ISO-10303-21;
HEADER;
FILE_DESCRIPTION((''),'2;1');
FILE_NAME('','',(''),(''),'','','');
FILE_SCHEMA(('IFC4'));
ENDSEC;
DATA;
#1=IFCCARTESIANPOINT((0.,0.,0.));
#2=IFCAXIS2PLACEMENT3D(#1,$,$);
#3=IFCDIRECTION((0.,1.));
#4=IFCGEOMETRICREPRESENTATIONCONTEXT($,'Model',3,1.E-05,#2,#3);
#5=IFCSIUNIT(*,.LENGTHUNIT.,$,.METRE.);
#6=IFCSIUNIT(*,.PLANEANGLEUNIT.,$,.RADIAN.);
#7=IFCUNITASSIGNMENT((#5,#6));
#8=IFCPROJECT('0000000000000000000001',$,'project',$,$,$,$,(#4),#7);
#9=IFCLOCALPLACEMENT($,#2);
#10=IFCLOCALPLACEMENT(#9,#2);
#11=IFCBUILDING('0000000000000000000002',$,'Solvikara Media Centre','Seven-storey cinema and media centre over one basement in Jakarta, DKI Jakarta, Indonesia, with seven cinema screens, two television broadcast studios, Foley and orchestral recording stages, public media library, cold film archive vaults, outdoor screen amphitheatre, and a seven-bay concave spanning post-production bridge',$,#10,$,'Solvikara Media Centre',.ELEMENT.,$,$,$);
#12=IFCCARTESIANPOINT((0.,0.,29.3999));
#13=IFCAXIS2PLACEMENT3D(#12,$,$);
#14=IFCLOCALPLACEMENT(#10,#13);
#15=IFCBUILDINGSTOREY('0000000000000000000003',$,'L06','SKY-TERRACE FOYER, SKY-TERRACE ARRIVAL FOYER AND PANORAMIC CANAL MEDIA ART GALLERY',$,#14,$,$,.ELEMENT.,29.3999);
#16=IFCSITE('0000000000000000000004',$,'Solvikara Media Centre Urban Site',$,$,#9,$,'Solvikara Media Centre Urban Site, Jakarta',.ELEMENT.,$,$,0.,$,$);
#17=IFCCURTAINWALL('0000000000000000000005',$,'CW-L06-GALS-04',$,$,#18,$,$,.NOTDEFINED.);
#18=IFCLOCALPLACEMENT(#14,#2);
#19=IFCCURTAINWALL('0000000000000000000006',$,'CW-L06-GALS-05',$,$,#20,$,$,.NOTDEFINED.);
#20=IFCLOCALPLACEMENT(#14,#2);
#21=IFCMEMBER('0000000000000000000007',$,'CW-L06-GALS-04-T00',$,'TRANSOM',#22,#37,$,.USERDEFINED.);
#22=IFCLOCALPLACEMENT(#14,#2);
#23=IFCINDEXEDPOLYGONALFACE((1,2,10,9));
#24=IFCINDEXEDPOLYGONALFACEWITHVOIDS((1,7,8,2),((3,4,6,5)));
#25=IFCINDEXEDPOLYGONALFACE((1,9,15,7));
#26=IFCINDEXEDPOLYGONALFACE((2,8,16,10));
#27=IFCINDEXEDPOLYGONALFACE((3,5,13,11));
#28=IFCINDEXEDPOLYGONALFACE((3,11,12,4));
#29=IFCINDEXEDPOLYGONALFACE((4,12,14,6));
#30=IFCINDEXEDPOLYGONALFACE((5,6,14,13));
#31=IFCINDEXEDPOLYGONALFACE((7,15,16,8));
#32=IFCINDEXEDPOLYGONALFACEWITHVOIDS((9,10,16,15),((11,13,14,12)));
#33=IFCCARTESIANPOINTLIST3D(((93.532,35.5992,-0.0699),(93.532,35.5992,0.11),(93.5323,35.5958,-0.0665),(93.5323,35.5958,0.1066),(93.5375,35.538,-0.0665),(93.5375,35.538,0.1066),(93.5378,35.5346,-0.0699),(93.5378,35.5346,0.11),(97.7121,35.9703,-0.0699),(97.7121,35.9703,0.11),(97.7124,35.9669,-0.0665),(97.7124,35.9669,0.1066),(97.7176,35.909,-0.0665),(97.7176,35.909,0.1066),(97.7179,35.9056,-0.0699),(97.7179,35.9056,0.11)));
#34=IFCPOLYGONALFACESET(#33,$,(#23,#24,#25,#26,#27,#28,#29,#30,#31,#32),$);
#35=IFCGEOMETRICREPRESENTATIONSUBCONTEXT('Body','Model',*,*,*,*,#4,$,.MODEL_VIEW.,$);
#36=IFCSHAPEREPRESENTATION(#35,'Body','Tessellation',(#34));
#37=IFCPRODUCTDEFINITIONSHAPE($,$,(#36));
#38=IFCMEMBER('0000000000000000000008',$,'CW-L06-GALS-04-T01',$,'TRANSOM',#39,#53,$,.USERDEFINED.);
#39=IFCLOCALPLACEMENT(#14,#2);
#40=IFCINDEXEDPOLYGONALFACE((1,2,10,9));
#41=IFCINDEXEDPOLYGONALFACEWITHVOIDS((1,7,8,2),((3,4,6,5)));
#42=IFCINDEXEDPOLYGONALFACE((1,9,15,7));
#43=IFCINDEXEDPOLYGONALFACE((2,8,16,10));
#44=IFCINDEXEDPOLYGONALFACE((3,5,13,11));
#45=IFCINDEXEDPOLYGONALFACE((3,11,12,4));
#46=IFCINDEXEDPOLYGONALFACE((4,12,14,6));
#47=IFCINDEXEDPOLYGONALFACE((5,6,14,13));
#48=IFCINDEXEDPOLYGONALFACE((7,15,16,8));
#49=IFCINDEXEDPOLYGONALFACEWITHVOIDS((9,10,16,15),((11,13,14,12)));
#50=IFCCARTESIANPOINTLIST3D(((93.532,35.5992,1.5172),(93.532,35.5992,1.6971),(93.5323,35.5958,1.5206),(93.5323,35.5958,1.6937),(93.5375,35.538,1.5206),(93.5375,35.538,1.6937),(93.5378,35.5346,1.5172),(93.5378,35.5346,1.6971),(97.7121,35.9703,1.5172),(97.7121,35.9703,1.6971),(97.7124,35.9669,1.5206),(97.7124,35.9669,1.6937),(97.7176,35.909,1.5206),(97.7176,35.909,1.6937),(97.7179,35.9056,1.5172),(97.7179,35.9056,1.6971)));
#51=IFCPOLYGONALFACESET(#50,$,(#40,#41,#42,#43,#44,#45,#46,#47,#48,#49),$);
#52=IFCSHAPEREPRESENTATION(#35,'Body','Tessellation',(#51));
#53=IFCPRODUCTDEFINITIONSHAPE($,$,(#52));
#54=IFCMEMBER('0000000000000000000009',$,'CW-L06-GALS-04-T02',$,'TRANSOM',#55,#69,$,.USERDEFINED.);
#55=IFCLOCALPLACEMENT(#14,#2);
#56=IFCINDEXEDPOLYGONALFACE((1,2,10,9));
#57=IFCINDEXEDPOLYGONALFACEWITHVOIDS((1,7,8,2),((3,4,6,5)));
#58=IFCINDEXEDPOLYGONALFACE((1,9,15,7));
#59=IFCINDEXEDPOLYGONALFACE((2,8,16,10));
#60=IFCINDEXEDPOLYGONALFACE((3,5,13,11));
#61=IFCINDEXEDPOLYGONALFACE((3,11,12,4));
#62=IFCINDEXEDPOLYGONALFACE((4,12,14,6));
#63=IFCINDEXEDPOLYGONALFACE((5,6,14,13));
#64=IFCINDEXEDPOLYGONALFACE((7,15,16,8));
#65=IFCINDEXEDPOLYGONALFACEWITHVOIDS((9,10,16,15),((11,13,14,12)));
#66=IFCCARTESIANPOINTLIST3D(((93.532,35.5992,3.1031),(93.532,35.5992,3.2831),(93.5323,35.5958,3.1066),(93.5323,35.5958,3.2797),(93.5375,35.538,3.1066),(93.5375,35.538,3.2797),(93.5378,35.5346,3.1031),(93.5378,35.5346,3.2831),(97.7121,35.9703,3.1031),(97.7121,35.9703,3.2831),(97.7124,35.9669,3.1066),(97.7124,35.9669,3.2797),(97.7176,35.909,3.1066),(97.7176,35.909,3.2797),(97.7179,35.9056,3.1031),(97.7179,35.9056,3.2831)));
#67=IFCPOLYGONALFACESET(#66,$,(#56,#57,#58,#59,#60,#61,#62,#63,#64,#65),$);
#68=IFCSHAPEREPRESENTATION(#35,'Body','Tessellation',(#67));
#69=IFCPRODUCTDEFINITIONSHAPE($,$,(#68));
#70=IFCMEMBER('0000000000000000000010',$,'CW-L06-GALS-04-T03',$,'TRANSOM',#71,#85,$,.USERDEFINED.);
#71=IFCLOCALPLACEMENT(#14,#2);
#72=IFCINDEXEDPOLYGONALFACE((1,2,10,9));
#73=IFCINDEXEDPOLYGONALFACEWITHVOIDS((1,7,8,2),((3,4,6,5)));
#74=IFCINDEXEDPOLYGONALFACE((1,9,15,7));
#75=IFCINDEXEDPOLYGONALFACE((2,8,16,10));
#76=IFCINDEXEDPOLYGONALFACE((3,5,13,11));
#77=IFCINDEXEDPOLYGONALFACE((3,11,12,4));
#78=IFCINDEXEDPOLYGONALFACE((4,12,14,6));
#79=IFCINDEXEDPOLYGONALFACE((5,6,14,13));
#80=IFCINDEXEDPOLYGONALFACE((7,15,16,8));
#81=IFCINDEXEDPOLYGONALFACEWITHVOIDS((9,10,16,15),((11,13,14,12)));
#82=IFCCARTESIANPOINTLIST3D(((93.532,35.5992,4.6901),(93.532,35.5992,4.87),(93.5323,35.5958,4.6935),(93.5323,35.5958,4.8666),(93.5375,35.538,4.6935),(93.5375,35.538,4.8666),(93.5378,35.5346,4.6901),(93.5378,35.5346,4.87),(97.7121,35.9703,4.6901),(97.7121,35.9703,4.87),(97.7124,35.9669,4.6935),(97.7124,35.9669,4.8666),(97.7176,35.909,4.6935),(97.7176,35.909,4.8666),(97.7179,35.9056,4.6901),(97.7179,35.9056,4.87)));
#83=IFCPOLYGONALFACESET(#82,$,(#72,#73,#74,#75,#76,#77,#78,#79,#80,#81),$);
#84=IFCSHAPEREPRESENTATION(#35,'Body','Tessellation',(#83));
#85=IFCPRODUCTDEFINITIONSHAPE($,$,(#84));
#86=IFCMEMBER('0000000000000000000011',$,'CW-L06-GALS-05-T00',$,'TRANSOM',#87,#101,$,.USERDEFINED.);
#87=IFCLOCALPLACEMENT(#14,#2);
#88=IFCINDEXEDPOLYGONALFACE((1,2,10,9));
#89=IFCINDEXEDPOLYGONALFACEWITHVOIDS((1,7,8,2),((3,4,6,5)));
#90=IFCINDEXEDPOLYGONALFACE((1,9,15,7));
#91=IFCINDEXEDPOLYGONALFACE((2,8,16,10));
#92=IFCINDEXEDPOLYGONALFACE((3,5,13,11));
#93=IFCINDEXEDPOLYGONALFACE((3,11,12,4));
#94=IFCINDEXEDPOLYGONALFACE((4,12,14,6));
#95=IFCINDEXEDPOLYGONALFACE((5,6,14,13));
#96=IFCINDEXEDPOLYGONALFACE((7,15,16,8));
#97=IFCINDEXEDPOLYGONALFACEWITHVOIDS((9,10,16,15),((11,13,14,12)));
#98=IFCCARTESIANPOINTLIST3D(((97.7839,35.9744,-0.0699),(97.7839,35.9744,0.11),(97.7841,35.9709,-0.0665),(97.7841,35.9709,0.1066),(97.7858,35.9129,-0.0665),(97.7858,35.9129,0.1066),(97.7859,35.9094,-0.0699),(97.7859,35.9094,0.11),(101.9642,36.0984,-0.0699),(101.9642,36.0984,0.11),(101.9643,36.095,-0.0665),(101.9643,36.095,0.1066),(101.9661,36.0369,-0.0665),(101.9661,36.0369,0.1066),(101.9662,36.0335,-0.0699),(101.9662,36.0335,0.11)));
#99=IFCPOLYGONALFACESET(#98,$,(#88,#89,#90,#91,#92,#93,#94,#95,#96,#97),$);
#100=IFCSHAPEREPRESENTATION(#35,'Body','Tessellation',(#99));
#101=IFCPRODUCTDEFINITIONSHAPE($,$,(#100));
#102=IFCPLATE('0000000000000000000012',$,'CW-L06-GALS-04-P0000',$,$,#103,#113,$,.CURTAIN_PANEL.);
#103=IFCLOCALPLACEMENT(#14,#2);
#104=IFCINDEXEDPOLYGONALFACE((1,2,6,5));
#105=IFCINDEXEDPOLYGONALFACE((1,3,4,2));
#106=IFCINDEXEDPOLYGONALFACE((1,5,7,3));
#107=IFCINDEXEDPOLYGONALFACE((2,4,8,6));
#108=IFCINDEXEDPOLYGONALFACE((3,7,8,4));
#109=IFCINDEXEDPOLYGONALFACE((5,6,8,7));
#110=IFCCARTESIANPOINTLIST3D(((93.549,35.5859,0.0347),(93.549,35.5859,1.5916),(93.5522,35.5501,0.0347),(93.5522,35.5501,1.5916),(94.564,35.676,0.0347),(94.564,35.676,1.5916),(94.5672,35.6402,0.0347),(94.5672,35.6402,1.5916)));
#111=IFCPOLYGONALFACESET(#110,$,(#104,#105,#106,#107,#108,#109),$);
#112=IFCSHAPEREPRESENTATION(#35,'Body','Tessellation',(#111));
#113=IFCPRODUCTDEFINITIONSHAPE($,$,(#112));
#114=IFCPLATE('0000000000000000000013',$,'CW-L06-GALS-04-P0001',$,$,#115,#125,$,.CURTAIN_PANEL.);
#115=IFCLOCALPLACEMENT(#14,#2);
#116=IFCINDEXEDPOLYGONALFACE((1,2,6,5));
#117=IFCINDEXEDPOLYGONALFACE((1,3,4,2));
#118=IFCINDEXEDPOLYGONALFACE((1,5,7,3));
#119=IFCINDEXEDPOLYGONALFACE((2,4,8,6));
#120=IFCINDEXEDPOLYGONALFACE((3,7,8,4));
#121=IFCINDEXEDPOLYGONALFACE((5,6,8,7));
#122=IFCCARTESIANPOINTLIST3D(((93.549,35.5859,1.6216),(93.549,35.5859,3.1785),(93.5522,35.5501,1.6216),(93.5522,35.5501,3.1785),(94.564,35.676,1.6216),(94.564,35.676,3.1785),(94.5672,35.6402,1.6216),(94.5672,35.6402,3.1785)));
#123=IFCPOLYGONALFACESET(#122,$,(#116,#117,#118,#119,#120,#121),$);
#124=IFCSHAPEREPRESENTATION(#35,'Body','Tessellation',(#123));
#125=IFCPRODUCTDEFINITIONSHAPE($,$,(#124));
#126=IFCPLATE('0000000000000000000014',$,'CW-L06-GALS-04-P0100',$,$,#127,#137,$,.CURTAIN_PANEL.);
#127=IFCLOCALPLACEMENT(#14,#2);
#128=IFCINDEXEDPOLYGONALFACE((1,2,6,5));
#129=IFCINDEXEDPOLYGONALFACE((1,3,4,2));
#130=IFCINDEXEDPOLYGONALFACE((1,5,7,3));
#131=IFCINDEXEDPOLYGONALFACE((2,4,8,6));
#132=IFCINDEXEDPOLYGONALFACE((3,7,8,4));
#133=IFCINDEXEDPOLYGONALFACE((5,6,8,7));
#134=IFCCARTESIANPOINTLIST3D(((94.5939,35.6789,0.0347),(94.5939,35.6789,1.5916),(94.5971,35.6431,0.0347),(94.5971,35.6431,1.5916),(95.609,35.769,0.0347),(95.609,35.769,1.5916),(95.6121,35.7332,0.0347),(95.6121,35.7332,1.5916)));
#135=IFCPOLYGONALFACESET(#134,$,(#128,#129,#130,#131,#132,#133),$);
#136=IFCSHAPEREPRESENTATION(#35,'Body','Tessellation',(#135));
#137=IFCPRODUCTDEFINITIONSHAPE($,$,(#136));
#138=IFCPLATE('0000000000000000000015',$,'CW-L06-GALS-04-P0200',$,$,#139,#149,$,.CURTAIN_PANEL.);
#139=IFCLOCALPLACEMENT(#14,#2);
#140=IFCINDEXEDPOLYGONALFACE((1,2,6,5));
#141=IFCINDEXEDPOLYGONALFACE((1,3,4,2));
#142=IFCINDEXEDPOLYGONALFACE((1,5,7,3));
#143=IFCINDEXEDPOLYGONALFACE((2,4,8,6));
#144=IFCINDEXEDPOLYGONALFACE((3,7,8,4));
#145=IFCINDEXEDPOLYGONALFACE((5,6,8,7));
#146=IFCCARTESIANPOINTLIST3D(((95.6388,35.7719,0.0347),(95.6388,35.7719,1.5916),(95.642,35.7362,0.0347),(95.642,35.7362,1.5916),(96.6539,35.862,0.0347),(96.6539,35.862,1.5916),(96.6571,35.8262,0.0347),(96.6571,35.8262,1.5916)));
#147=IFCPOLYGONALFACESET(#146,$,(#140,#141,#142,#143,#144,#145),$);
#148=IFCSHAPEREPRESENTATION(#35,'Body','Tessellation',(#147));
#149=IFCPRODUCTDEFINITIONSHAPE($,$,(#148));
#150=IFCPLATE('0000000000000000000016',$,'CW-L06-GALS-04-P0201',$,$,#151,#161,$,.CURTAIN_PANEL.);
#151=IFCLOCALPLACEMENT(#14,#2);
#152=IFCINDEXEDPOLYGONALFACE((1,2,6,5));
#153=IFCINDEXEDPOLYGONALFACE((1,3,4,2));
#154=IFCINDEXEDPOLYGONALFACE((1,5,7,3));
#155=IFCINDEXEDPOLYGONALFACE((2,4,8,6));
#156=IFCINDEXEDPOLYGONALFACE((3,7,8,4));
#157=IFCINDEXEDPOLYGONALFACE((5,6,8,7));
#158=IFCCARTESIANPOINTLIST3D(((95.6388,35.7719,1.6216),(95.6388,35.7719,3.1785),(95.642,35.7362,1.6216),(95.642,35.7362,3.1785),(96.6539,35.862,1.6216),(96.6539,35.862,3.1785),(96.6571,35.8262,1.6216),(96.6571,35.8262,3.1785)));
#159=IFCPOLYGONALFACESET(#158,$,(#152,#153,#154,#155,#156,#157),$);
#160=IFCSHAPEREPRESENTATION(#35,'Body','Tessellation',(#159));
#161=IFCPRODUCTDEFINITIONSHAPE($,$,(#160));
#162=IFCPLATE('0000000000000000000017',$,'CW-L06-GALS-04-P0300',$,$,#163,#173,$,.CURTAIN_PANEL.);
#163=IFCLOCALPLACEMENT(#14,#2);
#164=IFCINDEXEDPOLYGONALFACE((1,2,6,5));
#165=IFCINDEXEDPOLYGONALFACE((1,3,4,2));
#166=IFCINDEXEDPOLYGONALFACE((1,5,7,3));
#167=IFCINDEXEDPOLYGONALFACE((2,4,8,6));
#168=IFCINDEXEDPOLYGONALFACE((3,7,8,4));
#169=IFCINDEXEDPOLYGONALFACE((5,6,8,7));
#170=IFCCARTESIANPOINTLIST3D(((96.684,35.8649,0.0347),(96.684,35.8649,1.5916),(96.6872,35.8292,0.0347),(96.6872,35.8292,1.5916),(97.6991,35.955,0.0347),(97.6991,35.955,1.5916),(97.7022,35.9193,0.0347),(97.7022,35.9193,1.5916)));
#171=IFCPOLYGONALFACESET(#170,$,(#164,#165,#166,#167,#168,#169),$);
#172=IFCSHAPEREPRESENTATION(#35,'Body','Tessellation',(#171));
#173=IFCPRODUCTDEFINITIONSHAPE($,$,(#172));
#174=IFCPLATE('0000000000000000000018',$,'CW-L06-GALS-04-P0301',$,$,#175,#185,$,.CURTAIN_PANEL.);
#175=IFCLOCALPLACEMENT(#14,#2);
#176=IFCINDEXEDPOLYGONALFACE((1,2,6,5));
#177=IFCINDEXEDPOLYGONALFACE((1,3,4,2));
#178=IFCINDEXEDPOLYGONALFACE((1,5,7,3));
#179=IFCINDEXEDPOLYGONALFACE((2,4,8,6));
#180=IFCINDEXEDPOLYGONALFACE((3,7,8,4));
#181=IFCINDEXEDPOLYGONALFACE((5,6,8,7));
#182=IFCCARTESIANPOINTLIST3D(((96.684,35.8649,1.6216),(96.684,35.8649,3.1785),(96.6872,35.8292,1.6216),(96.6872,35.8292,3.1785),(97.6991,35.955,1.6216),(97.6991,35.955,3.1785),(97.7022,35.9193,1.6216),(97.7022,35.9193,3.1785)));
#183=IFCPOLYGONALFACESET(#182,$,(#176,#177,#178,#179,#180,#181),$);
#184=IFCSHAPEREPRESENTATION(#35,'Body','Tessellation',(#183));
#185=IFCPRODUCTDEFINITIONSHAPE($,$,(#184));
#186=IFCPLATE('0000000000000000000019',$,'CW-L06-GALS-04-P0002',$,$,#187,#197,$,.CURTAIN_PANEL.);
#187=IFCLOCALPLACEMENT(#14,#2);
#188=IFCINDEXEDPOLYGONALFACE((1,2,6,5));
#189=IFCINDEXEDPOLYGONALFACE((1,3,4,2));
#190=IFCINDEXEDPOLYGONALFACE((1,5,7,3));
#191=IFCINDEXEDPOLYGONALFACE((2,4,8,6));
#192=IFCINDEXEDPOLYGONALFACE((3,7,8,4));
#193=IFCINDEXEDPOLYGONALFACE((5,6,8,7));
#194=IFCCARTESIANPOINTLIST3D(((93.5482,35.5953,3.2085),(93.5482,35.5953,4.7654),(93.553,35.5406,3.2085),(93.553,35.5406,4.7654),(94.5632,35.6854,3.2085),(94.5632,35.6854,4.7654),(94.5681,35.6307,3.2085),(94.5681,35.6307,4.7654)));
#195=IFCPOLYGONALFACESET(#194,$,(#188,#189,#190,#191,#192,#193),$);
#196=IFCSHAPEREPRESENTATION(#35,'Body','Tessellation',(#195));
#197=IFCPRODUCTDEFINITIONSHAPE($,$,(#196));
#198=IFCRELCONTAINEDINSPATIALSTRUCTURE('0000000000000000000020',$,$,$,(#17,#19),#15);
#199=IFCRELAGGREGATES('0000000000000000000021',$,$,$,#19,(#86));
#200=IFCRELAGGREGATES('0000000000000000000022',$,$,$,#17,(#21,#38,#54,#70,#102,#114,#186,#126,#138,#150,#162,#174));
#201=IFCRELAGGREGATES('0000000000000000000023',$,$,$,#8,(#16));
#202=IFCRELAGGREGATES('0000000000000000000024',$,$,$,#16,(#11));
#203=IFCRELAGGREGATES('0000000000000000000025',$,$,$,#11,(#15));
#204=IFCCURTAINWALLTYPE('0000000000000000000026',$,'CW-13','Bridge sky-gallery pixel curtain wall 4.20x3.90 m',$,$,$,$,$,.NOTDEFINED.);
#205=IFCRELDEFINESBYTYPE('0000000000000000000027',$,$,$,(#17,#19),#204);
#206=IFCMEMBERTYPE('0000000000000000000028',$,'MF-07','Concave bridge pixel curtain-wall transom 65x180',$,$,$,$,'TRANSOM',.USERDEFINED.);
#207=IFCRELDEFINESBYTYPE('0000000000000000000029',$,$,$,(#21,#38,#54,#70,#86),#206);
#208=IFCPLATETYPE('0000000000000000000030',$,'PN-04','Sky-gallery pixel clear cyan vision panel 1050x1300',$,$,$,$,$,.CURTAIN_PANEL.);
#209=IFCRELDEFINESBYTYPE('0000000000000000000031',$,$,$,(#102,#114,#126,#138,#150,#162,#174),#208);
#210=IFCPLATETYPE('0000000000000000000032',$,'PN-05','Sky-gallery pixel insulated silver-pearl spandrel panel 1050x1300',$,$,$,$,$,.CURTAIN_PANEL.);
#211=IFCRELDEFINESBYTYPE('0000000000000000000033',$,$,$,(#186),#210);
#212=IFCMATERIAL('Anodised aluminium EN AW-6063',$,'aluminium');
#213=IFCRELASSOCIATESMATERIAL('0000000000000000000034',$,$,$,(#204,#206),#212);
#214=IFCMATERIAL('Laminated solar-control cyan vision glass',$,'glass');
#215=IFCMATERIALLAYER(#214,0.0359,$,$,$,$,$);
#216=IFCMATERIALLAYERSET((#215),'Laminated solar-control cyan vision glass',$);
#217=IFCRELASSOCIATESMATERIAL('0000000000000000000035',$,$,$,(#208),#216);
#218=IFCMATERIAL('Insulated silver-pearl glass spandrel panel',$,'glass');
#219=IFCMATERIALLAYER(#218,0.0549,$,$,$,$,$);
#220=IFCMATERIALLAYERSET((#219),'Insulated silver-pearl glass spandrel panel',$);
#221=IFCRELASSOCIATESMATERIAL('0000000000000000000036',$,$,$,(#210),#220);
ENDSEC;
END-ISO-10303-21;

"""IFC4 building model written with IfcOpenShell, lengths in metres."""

from ifc_helpers import new_model, si_unit, direction, frame, origin, origin_2d, place, context, subcontext, project, spatial, rectangle, hollow_rectangle, extrude, material, layer, layer_set, material_profile, profile_set, type_object, element, aggregate, save


model = new_model("IFC4")

# Units and contexts
model_context = context("Model", 3, precision=1e-05, world=origin(), true_north=direction((0.0, 1.0)))
body_context = subcontext(model_context, "Body", "Model", "MODEL_VIEW")
ifc_project = project(units=[si_unit("LENGTHUNIT", "METRE"), si_unit("PLANEANGLEUNIT", "RADIAN")], contexts=[model_context])

# Site, building, storey
site_placement = place(None, origin())
site = spatial("IfcSite", under=ifc_project, at=site_placement, Name="Solvikara Media Centre Urban Site", LongName="Solvikara Media Centre Urban Site, Jakarta", CompositionType="ELEMENT", RefElevation=0.0)
building_placement = place(site_placement, origin())
building = spatial("IfcBuilding", under=site, at=building_placement, Name="Solvikara Media Centre", Description="Seven-storey cinema and media centre over one basement in Jakarta, DKI Jakarta, Indonesia, with seven cinema screens, two television broadcast studios, Foley and orchestral recording stages, public media library, cold film archive vaults, outdoor screen amphitheatre, and a seven-bay concave spanning post-production bridge", LongName="Solvikara Media Centre", CompositionType="ELEMENT")
storey_placement = place(building_placement, frame((0.0, 0.0, 29.3999)))
storey = spatial("IfcBuildingStorey", under=building, at=storey_placement, Name="L06", Description="SKY-TERRACE FOYER, SKY-TERRACE ARRIVAL FOYER AND PANORAMIC CANAL MEDIA ART GALLERY", CompositionType="ELEMENT", Elevation=29.3999)

# Curtain wall
ifc_material_1 = material(Name="Anodised aluminium EN AW-6063", Category="aluminium")
curtain_wall_type = type_object("IfcCurtainWallType", Name="CW-13", Description="Bridge sky-gallery pixel curtain wall 4.20x3.90 m", PredefinedType="NOTDEFINED", material=ifc_material_1)
curtain_wall_1_placement = place(storey_placement, origin())
curtain_wall_1 = element("IfcCurtainWall", 1, at=curtain_wall_1_placement, inside=storey, type_object=curtain_wall_type, Name="CW-L06-GALS-04", PredefinedType="NOTDEFINED")

# Curtain wall
curtain_wall_2_placement = place(storey_placement, origin())
curtain_wall_2 = element("IfcCurtainWall", 2, at=curtain_wall_2_placement, inside=storey, type_object=curtain_wall_type, Name="CW-L06-GALS-05", PredefinedType="NOTDEFINED")

# Members
ifc_material_profile_1 = material_profile(ifc_material_1, hollow_rectangle(XDim=0.0649, YDim=0.1799, WallThickness=0.0034, at=origin_2d()), Name="ALU-T 65x180x3.5")
ifc_profile_set_1 = profile_set([ifc_material_profile_1], Name="Anodised aluminium EN AW-6063")
member_type_1 = type_object("IfcMemberType", Name="MF-07", Description="Concave bridge pixel curtain-wall transom 65x180", ElementType="TRANSOM", PredefinedType="USERDEFINED", material=ifc_profile_set_1)
member_1_placement = place(storey_placement, frame((93.5349, 35.5669, 0.02), z_axis=(0.996083, 0.088427, 0.0), x_axis=(-0.088427, 0.996083, 0.0)))
member_1 = element("IfcMember", 3, at=member_1_placement, type_object=member_type_1, Name="CW-L06-GALS-04-T00", ObjectType="TRANSOM", PredefinedType="USERDEFINED", context=body_context, shape_type="SweptSolid", body=[
    extrude(hollow_rectangle(XDim=0.0649, YDim=0.1799, WallThickness=0.0034, at=origin_2d()), origin(), (0.0, 0.0, 1.0), 4.1965),
])
member_2_placement = place(storey_placement, frame((93.5349, 35.5669, 1.6072), z_axis=(0.996083, 0.088427, 0.0), x_axis=(-0.088427, 0.996083, 0.0)))
member_2 = element("IfcMember", 4, at=member_2_placement, type_object=member_type_1, Name="CW-L06-GALS-04-T01", ObjectType="TRANSOM", PredefinedType="USERDEFINED", context=body_context, shape_type="SweptSolid", body=[
    extrude(hollow_rectangle(XDim=0.0649, YDim=0.1799, WallThickness=0.0034, at=origin_2d()), origin(), (0.0, 0.0, 1.0), 4.1965),
])
member_3_placement = place(storey_placement, frame((93.5349, 35.5669, 3.1931), z_axis=(0.996083, 0.088427, 0.0), x_axis=(-0.088427, 0.996083, 0.0)))
member_3 = element("IfcMember", 5, at=member_3_placement, type_object=member_type_1, Name="CW-L06-GALS-04-T02", ObjectType="TRANSOM", PredefinedType="USERDEFINED", context=body_context, shape_type="SweptSolid", body=[
    extrude(hollow_rectangle(XDim=0.0649, YDim=0.1799, WallThickness=0.0034, at=origin_2d()), origin(), (0.0, 0.0, 1.0), 4.1965),
])
member_4_placement = place(storey_placement, frame((93.5349, 35.5669, 4.78), z_axis=(0.996083, 0.088427, 0.0), x_axis=(-0.088427, 0.996083, 0.0)))
member_4 = element("IfcMember", 6, at=member_4_placement, type_object=member_type_1, Name="CW-L06-GALS-04-T03", ObjectType="TRANSOM", PredefinedType="USERDEFINED", context=body_context, shape_type="SweptSolid", body=[
    extrude(hollow_rectangle(XDim=0.0649, YDim=0.1799, WallThickness=0.0034, at=origin_2d()), origin(), (0.0, 0.0, 1.0), 4.1965),
])
member_5_placement = place(storey_placement, frame((97.7849, 35.9419, 0.02), z_axis=(0.99956, 0.029656, 0.0), x_axis=(-0.029656, 0.99956, 0.0)))
member_5 = element("IfcMember", 7, at=member_5_placement, type_object=member_type_1, Name="CW-L06-GALS-05-T00", ObjectType="TRANSOM", PredefinedType="USERDEFINED", context=body_context, shape_type="SweptSolid", body=[
    extrude(hollow_rectangle(XDim=0.0649, YDim=0.1799, WallThickness=0.0034, at=origin_2d()), origin(), (0.0, 0.0, 1.0), 4.1821),
])
aggregate(curtain_wall_2, [member_5])

# Plates
ifc_material_2 = material(Name="Laminated solar-control cyan vision glass", Category="glass")
ifc_layer_1 = layer(ifc_material_2, 0.0359)
ifc_layer_set_1 = layer_set([ifc_layer_1], Name="Laminated solar-control cyan vision glass")
plate_type_1 = type_object("IfcPlateType", Name="PN-04", Description="Sky-gallery pixel clear cyan vision panel 1050x1300", PredefinedType="CURTAIN_PANEL", material=ifc_layer_set_1)
plate_1_placement = place(storey_placement, frame((94.0581, 35.613, 0.0347), z_axis=(0.0, 0.0, 1.0), x_axis=(0.996084, 0.088408, 0.0)))
plate_1 = element("IfcPlate", 8, at=plate_1_placement, type_object=plate_type_1, Name="CW-L06-GALS-04-P0000", PredefinedType="CURTAIN_PANEL", context=body_context, shape_type="SweptSolid", body=[
    extrude(rectangle(XDim=1.019, YDim=0.0359, at=origin_2d()), origin(), (0.0, 0.0, 1.0), 1.5569),
])
plate_2_placement = place(storey_placement, frame((94.0581, 35.613, 1.6216), z_axis=(0.0, 0.0, 1.0), x_axis=(0.996084, 0.088408, 0.0)))
plate_2 = element("IfcPlate", 9, at=plate_2_placement, type_object=plate_type_1, Name="CW-L06-GALS-04-P0001", PredefinedType="CURTAIN_PANEL", context=body_context, shape_type="SweptSolid", body=[
    extrude(rectangle(XDim=1.019, YDim=0.0359, at=origin_2d()), origin(), (0.0, 0.0, 1.0), 1.5569),
])
plate_3_placement = place(storey_placement, frame((95.103, 35.7061, 0.0347), z_axis=(0.0, 0.0, 1.0), x_axis=(0.996084, 0.088408, 0.0)))
plate_3 = element("IfcPlate", 10, at=plate_3_placement, type_object=plate_type_1, Name="CW-L06-GALS-04-P0100", PredefinedType="CURTAIN_PANEL", context=body_context, shape_type="SweptSolid", body=[
    extrude(rectangle(XDim=1.019, YDim=0.0359, at=origin_2d()), origin(), (0.0, 0.0, 1.0), 1.5569),
])
plate_4_placement = place(storey_placement, frame((96.1479, 35.7991, 0.0347), z_axis=(0.0, 0.0, 1.0), x_axis=(0.996084, 0.088408, 0.0)))
plate_4 = element("IfcPlate", 11, at=plate_4_placement, type_object=plate_type_1, Name="CW-L06-GALS-04-P0200", PredefinedType="CURTAIN_PANEL", context=body_context, shape_type="SweptSolid", body=[
    extrude(rectangle(XDim=1.019, YDim=0.0359, at=origin_2d()), origin(), (0.0, 0.0, 1.0), 1.5569),
])
plate_5_placement = place(storey_placement, frame((96.1479, 35.7991, 1.6216), z_axis=(0.0, 0.0, 1.0), x_axis=(0.996084, 0.088408, 0.0)))
plate_5 = element("IfcPlate", 12, at=plate_5_placement, type_object=plate_type_1, Name="CW-L06-GALS-04-P0201", PredefinedType="CURTAIN_PANEL", context=body_context, shape_type="SweptSolid", body=[
    extrude(rectangle(XDim=1.019, YDim=0.0359, at=origin_2d()), origin(), (0.0, 0.0, 1.0), 1.5569),
])
plate_6_placement = place(storey_placement, frame((97.1931, 35.8921, 0.0347), z_axis=(0.0, 0.0, 1.0), x_axis=(0.996084, 0.088408, 0.0)))
plate_6 = element("IfcPlate", 13, at=plate_6_placement, type_object=plate_type_1, Name="CW-L06-GALS-04-P0300", PredefinedType="CURTAIN_PANEL", context=body_context, shape_type="SweptSolid", body=[
    extrude(rectangle(XDim=1.019, YDim=0.0359, at=origin_2d()), origin(), (0.0, 0.0, 1.0), 1.5569),
])
plate_7_placement = place(storey_placement, frame((97.1931, 35.8921, 1.6216), z_axis=(0.0, 0.0, 1.0), x_axis=(0.996084, 0.088408, 0.0)))
plate_7 = element("IfcPlate", 14, at=plate_7_placement, type_object=plate_type_1, Name="CW-L06-GALS-04-P0301", PredefinedType="CURTAIN_PANEL", context=body_context, shape_type="SweptSolid", body=[
    extrude(rectangle(XDim=1.019, YDim=0.0359, at=origin_2d()), origin(), (0.0, 0.0, 1.0), 1.5569),
])
ifc_material_3 = material(Name="Insulated silver-pearl glass spandrel panel", Category="glass")
ifc_layer_2 = layer(ifc_material_3, 0.0549)
ifc_layer_set_2 = layer_set([ifc_layer_2], Name="Insulated silver-pearl glass spandrel panel")
plate_type_2 = type_object("IfcPlateType", Name="PN-05", Description="Sky-gallery pixel insulated silver-pearl spandrel panel 1050x1300", PredefinedType="CURTAIN_PANEL", material=ifc_layer_set_2)
plate_8_placement = place(storey_placement, frame((94.0581, 35.613, 3.2085), z_axis=(0.0, 0.0, 1.0), x_axis=(0.996084, 0.088408, 0.0)))
plate_8 = element("IfcPlate", 15, at=plate_8_placement, type_object=plate_type_2, Name="CW-L06-GALS-04-P0002", PredefinedType="CURTAIN_PANEL", context=body_context, shape_type="SweptSolid", body=[
    extrude(rectangle(XDim=1.019, YDim=0.0549, at=origin_2d()), origin(), (0.0, 0.0, 1.0), 1.5569),
])
aggregate(curtain_wall_1, [member_1, member_2, member_3, member_4, plate_1, plate_2, plate_8, plate_3, plate_4, plate_5, plate_6, plate_7])

save(model, "model.ifc")
